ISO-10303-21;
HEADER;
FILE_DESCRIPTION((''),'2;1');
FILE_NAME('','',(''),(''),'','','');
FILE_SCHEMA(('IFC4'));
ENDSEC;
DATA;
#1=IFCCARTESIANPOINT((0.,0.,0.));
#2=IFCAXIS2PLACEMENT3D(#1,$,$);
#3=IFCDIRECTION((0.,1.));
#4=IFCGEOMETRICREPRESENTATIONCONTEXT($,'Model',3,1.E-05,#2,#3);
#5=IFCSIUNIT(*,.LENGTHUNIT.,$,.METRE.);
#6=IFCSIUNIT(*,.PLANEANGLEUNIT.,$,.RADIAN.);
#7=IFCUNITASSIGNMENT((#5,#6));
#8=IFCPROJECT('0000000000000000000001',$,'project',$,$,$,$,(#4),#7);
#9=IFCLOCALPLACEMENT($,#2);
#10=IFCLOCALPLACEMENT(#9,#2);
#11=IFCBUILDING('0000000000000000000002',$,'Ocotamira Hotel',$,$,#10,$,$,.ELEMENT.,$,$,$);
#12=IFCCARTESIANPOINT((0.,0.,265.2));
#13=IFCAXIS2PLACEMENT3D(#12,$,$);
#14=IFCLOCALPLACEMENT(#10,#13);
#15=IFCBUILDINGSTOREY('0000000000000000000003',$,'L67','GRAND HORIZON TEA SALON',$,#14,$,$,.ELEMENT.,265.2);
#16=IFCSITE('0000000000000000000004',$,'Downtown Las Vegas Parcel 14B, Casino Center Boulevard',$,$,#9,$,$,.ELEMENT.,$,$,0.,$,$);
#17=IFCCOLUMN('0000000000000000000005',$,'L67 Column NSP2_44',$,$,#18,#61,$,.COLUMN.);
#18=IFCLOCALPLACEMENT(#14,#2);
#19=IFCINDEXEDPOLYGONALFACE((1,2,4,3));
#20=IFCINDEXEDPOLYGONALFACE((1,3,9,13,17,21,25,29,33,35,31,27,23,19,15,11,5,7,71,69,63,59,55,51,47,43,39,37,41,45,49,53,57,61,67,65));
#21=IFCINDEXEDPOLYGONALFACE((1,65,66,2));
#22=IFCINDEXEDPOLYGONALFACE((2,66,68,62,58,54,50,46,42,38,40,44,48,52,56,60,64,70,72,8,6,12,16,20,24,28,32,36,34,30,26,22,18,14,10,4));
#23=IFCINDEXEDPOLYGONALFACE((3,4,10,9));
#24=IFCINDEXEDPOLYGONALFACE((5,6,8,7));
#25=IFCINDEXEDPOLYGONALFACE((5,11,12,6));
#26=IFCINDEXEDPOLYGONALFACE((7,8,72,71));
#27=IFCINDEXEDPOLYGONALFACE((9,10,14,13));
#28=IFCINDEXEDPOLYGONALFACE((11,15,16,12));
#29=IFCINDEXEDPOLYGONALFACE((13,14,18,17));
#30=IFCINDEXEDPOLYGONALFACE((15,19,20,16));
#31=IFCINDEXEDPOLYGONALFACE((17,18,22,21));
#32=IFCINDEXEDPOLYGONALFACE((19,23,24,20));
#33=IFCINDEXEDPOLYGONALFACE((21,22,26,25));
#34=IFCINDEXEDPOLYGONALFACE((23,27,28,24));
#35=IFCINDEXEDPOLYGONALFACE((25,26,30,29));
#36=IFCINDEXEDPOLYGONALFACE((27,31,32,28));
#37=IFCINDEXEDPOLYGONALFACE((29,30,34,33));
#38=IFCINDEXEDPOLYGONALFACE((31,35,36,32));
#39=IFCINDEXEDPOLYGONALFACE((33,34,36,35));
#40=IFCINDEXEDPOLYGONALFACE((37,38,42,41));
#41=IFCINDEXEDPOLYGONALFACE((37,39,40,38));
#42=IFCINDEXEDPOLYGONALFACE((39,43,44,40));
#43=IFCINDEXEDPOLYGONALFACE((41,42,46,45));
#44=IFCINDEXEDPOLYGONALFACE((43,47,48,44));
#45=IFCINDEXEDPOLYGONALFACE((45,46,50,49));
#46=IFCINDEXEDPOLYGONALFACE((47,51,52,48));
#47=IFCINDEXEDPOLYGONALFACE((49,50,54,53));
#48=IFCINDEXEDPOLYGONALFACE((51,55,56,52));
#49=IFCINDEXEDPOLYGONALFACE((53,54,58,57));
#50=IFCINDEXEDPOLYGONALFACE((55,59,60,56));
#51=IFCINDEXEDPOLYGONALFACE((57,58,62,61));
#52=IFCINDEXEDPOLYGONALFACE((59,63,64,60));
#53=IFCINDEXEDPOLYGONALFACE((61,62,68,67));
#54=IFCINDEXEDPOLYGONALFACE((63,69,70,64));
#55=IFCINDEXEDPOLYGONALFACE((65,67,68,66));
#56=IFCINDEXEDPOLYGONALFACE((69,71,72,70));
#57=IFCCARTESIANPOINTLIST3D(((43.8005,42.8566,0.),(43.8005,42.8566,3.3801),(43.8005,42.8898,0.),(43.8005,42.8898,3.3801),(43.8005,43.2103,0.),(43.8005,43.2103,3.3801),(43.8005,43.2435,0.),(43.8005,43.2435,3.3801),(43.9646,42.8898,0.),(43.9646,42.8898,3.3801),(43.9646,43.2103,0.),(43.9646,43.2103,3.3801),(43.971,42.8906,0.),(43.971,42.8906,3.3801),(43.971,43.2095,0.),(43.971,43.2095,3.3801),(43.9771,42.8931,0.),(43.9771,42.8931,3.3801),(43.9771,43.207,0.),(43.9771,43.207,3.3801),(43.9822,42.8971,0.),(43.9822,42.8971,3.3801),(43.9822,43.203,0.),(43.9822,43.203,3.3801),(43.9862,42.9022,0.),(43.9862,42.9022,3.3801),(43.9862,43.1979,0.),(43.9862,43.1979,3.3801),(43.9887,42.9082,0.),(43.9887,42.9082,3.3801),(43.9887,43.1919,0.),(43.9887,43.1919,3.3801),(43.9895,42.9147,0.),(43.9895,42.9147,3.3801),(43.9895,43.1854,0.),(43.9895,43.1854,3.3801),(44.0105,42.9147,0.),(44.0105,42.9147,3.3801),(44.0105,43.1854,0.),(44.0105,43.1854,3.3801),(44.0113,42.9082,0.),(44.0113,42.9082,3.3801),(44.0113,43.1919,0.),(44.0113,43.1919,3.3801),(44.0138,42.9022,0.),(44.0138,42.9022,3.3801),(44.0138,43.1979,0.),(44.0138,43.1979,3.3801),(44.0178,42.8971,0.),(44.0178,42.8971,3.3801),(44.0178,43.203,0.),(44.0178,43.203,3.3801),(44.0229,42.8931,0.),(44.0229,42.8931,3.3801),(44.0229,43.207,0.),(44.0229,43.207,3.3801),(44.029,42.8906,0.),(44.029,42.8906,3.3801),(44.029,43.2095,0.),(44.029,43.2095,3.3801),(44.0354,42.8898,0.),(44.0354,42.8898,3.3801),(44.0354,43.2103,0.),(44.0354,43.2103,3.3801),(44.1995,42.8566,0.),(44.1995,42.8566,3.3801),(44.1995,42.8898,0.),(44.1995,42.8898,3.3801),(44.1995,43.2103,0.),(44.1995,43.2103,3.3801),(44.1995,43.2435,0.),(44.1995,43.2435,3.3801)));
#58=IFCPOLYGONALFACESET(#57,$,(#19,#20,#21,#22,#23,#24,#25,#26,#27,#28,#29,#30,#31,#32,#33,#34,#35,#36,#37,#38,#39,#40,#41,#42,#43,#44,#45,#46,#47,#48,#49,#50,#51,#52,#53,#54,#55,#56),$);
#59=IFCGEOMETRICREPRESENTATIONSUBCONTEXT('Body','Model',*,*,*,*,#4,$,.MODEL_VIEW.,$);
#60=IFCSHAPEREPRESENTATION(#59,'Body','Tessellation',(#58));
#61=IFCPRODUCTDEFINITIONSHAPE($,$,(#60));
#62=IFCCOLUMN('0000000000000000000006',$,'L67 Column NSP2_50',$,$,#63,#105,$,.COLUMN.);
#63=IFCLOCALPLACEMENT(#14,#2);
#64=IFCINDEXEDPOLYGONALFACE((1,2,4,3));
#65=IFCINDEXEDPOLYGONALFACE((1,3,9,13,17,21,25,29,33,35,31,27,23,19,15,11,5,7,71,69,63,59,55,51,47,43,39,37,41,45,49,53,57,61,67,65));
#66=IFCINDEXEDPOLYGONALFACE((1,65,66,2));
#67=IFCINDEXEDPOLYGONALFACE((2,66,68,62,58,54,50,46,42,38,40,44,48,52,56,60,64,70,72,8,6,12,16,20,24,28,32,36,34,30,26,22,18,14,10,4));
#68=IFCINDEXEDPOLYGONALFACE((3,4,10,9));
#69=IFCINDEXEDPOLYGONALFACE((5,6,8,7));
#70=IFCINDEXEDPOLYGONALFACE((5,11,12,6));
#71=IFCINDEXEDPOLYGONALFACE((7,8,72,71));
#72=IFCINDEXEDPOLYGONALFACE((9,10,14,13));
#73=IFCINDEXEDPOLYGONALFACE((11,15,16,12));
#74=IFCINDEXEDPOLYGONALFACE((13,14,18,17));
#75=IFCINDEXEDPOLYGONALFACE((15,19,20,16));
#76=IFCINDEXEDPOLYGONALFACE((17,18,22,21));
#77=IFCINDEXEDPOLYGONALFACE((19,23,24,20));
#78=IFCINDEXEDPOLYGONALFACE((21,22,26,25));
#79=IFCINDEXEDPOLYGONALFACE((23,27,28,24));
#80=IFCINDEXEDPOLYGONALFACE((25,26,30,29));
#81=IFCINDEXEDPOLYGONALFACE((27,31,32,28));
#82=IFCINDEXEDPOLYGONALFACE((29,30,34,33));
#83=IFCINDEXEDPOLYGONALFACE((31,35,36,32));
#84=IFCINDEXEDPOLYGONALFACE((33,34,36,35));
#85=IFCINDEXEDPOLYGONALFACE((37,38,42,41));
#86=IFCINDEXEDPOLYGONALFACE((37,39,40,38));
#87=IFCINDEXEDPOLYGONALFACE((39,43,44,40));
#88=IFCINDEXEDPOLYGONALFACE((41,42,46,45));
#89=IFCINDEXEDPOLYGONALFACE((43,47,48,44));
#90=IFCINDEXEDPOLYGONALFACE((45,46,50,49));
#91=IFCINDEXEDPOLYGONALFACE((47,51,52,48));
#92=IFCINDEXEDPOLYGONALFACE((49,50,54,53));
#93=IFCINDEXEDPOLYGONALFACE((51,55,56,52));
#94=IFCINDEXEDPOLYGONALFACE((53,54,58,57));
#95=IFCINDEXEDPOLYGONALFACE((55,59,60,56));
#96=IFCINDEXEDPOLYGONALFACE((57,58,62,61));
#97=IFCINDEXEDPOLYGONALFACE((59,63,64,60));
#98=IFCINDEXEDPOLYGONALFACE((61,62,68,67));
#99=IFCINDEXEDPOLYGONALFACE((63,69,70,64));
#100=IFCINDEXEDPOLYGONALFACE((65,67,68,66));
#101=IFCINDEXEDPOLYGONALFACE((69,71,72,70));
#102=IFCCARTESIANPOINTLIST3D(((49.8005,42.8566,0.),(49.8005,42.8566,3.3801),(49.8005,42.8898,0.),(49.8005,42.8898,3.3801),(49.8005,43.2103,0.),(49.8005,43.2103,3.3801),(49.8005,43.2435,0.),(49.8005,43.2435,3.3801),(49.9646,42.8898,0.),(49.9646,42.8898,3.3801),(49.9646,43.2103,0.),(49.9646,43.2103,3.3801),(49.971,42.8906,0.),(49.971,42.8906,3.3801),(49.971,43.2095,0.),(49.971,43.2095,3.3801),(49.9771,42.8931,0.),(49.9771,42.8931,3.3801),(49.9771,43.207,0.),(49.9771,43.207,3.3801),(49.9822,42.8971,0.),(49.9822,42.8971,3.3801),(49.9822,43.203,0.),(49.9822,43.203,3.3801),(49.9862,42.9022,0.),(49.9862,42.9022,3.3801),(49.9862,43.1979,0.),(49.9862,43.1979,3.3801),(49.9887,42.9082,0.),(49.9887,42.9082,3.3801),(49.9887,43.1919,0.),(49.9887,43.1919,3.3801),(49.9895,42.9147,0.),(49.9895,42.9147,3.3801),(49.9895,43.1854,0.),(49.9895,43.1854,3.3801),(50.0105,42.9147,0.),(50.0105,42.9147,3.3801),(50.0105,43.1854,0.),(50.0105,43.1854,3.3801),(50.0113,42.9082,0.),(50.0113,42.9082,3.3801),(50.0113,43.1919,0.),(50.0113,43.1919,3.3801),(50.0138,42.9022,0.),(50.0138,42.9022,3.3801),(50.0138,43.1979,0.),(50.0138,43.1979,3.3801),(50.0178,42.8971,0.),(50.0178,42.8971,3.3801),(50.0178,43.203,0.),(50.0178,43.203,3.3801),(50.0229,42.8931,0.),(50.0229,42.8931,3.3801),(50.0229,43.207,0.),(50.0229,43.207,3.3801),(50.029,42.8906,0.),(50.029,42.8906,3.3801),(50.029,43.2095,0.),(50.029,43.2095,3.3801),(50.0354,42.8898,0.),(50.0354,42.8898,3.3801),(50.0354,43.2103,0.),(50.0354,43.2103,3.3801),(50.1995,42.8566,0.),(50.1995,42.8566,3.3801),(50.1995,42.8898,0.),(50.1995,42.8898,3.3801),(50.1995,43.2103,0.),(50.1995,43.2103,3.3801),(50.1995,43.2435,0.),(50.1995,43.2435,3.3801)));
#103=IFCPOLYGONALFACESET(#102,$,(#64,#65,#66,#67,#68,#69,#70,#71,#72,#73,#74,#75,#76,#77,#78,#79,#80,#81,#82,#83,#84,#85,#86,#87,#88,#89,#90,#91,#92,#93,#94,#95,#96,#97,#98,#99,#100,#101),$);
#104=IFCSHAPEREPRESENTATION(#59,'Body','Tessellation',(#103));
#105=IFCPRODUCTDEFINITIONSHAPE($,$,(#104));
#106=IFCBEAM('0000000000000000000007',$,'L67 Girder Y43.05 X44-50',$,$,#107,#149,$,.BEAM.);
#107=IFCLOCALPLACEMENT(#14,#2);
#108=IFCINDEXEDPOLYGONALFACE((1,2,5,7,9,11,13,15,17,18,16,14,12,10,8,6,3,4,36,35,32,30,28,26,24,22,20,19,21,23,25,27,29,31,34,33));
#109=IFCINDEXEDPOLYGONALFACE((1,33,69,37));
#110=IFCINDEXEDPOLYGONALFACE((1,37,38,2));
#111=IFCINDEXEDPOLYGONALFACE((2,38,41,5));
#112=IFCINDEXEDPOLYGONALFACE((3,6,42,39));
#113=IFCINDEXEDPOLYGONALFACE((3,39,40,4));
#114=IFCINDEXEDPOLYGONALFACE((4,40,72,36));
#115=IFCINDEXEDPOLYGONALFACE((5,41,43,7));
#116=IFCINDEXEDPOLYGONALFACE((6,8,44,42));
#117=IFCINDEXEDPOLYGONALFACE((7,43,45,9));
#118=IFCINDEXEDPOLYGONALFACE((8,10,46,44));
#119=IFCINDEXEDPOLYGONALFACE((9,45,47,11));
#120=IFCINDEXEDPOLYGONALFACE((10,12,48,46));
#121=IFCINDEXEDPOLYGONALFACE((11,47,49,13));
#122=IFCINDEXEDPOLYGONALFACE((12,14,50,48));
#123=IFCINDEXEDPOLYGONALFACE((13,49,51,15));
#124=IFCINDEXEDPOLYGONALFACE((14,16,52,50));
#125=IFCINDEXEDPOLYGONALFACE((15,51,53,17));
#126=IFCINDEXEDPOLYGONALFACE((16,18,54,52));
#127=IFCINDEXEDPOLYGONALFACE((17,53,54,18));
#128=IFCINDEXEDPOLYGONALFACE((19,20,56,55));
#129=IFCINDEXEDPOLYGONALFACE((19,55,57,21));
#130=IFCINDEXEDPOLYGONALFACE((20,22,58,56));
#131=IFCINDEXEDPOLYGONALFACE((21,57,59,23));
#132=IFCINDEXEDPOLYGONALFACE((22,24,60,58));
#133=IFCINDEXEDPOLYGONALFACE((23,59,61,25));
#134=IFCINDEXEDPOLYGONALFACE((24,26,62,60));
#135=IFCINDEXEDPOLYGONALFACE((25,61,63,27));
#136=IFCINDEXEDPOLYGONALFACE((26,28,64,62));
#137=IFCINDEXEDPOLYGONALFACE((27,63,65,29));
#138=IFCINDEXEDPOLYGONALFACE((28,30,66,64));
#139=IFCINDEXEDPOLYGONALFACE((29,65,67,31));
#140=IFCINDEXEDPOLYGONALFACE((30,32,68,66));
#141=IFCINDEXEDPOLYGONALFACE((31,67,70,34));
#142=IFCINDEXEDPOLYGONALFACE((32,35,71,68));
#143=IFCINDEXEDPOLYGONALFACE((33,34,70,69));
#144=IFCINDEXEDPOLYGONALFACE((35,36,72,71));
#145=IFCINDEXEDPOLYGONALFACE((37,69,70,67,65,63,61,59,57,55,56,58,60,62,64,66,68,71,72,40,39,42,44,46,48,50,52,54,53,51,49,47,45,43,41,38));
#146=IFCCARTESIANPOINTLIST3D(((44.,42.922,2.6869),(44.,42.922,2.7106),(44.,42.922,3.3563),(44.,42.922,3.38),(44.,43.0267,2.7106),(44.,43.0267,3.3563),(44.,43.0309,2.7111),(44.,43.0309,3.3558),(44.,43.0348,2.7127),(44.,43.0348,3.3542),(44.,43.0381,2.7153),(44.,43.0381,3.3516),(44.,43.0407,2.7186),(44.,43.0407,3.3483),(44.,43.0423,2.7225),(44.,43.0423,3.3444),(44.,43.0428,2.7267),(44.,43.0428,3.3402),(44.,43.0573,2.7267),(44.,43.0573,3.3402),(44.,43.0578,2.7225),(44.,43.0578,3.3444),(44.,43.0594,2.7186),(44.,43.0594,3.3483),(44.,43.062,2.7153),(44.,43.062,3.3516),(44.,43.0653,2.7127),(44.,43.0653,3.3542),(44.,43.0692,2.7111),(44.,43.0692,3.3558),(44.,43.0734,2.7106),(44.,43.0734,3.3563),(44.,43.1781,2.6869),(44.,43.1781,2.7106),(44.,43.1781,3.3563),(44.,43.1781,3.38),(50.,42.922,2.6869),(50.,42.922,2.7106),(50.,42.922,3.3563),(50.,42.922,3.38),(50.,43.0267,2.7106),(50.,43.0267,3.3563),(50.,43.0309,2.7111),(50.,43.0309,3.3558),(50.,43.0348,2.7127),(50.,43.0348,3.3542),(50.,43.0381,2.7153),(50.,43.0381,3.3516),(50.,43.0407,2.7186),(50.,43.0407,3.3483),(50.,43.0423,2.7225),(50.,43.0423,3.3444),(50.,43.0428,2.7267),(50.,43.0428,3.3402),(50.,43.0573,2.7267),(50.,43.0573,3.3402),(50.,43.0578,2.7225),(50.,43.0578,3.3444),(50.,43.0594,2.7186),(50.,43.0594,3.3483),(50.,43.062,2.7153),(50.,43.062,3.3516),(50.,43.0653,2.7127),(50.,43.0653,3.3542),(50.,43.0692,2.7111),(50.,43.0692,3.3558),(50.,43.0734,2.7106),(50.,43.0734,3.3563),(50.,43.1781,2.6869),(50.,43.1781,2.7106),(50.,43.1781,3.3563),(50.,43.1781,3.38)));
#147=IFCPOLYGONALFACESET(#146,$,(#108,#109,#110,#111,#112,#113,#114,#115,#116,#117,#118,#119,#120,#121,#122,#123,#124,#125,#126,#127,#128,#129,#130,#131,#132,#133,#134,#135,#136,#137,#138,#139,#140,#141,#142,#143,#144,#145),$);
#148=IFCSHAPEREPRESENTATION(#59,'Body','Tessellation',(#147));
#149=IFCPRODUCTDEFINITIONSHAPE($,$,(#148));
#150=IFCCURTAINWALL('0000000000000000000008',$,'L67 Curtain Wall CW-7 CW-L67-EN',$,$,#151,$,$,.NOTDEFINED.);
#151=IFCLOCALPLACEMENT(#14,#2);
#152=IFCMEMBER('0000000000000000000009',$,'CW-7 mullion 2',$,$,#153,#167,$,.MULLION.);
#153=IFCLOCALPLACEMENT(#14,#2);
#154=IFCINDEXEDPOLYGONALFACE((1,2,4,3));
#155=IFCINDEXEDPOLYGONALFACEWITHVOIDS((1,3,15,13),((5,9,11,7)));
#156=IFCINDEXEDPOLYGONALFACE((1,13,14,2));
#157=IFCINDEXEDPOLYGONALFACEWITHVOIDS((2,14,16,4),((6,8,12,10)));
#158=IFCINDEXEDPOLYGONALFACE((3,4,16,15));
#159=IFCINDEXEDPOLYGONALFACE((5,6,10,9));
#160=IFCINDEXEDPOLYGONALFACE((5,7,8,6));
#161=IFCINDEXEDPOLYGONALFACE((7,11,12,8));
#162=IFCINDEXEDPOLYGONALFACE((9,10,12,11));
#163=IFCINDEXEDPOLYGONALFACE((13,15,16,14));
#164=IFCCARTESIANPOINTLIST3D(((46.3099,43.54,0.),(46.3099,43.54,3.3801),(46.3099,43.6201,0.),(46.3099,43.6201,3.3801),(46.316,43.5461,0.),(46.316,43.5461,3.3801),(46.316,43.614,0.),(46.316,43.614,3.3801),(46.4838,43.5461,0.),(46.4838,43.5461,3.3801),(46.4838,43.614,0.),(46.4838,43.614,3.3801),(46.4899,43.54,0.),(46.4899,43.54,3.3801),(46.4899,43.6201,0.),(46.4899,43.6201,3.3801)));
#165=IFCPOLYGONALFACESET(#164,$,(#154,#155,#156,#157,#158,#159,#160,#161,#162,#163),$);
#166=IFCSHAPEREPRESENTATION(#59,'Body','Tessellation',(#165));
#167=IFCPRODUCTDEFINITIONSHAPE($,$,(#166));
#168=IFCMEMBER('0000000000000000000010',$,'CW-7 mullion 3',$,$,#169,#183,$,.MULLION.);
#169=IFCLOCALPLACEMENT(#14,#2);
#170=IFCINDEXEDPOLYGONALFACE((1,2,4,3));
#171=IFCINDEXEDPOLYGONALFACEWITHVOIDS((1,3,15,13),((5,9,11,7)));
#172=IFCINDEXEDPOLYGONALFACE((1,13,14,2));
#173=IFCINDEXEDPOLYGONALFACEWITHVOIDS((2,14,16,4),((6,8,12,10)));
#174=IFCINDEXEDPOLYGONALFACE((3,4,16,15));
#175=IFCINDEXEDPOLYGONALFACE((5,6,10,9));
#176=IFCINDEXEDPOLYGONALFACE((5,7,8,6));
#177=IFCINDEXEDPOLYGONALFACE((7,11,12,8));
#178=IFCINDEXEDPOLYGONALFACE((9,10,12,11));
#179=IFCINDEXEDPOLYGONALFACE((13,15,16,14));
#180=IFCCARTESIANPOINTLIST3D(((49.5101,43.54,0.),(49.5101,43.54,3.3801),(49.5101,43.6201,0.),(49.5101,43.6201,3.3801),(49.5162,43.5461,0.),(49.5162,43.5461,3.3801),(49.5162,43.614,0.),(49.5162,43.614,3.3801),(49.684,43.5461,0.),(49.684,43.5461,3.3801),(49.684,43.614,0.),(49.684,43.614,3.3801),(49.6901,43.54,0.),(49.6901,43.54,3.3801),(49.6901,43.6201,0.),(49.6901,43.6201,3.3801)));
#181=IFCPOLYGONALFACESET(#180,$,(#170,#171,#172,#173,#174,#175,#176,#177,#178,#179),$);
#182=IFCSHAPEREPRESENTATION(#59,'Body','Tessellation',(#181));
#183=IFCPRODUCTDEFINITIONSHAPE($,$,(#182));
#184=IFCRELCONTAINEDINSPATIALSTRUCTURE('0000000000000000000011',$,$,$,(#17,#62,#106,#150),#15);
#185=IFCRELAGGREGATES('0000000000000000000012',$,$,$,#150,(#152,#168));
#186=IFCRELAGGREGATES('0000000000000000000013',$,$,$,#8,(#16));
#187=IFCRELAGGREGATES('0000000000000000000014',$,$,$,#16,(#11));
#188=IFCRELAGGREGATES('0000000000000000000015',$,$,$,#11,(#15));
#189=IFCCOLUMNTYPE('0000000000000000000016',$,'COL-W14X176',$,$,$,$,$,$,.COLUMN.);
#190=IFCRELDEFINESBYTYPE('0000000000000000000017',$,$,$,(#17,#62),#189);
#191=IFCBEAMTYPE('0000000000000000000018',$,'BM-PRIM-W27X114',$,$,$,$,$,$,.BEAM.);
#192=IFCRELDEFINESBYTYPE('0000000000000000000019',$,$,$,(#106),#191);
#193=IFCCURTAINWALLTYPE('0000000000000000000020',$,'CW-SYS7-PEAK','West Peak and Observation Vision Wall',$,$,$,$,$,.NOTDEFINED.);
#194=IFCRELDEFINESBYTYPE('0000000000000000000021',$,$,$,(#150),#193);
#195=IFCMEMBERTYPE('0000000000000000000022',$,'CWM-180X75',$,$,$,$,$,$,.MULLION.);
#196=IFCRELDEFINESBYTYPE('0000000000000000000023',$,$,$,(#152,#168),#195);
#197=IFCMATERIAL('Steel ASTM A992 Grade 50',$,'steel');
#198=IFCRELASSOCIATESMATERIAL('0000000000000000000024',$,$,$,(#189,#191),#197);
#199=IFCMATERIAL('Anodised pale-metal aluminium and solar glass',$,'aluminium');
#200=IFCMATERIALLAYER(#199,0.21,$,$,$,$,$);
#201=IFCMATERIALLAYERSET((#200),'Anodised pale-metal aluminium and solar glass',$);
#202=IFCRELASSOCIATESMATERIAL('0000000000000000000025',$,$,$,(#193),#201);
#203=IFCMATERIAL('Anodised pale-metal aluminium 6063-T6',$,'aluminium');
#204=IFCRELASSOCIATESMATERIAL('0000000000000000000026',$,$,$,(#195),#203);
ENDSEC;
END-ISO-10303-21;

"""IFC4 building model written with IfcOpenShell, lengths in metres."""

from ifc_helpers import new_model, si_unit, direction, frame, origin, origin_2d, place, context, subcontext, project, spatial, hollow_rectangle, i_section, extrude, source, transform, mapped, material, layer, layer_set, material_profile, profile_set, type_object, element, aggregate, save


model = new_model("IFC4")

# Units and contexts
model_context = context("Model", 3, precision=1e-05, world=origin(), true_north=direction((0.0, 1.0)))
body_context = subcontext(model_context, "Body", "Model", "MODEL_VIEW")
ifc_project = project(units=[si_unit("LENGTHUNIT", "METRE"), si_unit("PLANEANGLEUNIT", "RADIAN")], contexts=[model_context])

# Site, building, storey
site_placement = place(None, origin())
site = spatial("IfcSite", under=ifc_project, at=site_placement, Name="Downtown Las Vegas Parcel 14B, Casino Center Boulevard", CompositionType="ELEMENT", RefElevation=0.0)
building_placement = place(site_placement, origin())
building = spatial("IfcBuilding", under=site, at=building_placement, Name="Ocotamira Hotel", CompositionType="ELEMENT")
storey_placement = place(building_placement, frame((0.0, 0.0, 265.2)))
storey = spatial("IfcBuildingStorey", under=building, at=storey_placement, Name="L67", Description="GRAND HORIZON TEA SALON", CompositionType="ELEMENT", Elevation=265.2)

# Columns
ifc_material_1 = material(Name="Steel ASTM A992 Grade 50", Category="steel")
ifc_material_profile_1 = material_profile(ifc_material_1, i_section(OverallWidth=0.3989, OverallDepth=0.387, WebThickness=0.021, FlangeThickness=0.0332, FilletRadius=0.0249, at=origin_2d()), Name="W14X176")
ifc_profile_set_1 = profile_set([ifc_material_profile_1], Name="Steel ASTM A992 Grade 50")
column_type = type_object("IfcColumnType", Name="COL-W14X176", PredefinedType="COLUMN", material=ifc_profile_set_1)
shared_shape_1 = source(origin(), body_context, "Body", "SweptSolid", [
    extrude(i_section(OverallWidth=0.3989, OverallDepth=0.387, WebThickness=0.021, FlangeThickness=0.0332, FilletRadius=0.0249, at=origin_2d()), origin(), (0.0, 0.0, 1.0), 3.3801),
])
for number, where, z_axis, x_axis, name in (
    (1, (44.0, 43.05, 0.0), (0.0, 0.0, 1.0), (1.0, 0.0, 0.0), "L67 Column NSP2_44"),
    (2, (50.0, 43.05, 0.0), (0.0, 0.0, 1.0), (1.0, 0.0, 0.0), "L67 Column NSP2_50"),
):
    element("IfcColumn", number, at=place(storey_placement, frame(where, z_axis=z_axis, x_axis=x_axis)), inside=storey, type_object=column_type, Name=name, PredefinedType="COLUMN", context=body_context, shape_type="MappedRepresentation", body=[
        mapped(shared_shape_1, transform((0.0, 0.0, 0.0), scale=1.0)),
    ])

# Beam
ifc_material_profile_2 = material_profile(ifc_material_1, i_section(OverallWidth=0.2561, OverallDepth=0.6931, WebThickness=0.0144, FlangeThickness=0.0237, FilletRadius=0.0161, at=origin_2d()), Name="W27X114")
ifc_profile_set_2 = profile_set([ifc_material_profile_2], Name="Steel ASTM A992 Grade 50")
beam_type = type_object("IfcBeamType", Name="BM-PRIM-W27X114", PredefinedType="BEAM", material=ifc_profile_set_2)
shared_shape_2 = source(origin(), body_context, "Body", "SweptSolid", [
    extrude(i_section(OverallWidth=0.2561, OverallDepth=0.6931, WebThickness=0.0144, FlangeThickness=0.0237, FilletRadius=0.0161, at=origin_2d()), origin(), (0.0, 0.0, 1.0), 6.0),
])
beam_placement = place(storey_placement, frame((44.0, 43.05, 3.0334), z_axis=(1.0, 0.0, 0.0), x_axis=(0.0, 1.0, 0.0)))
element("IfcBeam", 3, at=beam_placement, inside=storey, type_object=beam_type, Name="L67 Girder Y43.05 X44-50", PredefinedType="BEAM", context=body_context, shape_type="MappedRepresentation", body=[
    mapped(shared_shape_2, transform((0.0, 0.0, 0.0), scale=1.0)),
])

# Curtain wall, members
ifc_material_2 = material(Name="Anodised pale-metal aluminium and solar glass", Category="aluminium")
ifc_layer_1 = layer(ifc_material_2, 0.21)
ifc_layer_set_1 = layer_set([ifc_layer_1], Name="Anodised pale-metal aluminium and solar glass")
curtain_wall_type = type_object("IfcCurtainWallType", Name="CW-SYS7-PEAK", Description="West Peak and Observation Vision Wall", PredefinedType="NOTDEFINED", material=ifc_layer_set_1)
curtain_wall_1_placement = place(storey_placement, origin())
curtain_wall_1 = element("IfcCurtainWall", 4, at=curtain_wall_1_placement, inside=storey, type_object=curtain_wall_type, Name="L67 Curtain Wall CW-7 CW-L67-EN", PredefinedType="NOTDEFINED")
ifc_material_3 = material(Name="Anodised pale-metal aluminium 6063-T6", Category="aluminium")
ifc_material_profile_3 = material_profile(ifc_material_3, hollow_rectangle(XDim=0.0801, YDim=0.1799, WallThickness=0.0061, at=origin_2d()), Name="HSS180X80X6")
ifc_profile_set_3 = profile_set([ifc_material_profile_3], Name="Anodised pale-metal aluminium 6063-T6")
member_type_1 = type_object("IfcMemberType", Name="CWM-180X75", PredefinedType="MULLION", material=ifc_profile_set_3)
shared_shape_3 = source(origin(), body_context, "Body", "SweptSolid", [
    extrude(hollow_rectangle(XDim=0.0801, YDim=0.1799, WallThickness=0.0061, at=origin_2d()), origin(), (0.0, 0.0, 1.0), 3.3801),
])
member_1_placement = place(storey_placement, frame((46.3999, 43.5801, 0.0), z_axis=(0.0, 0.0, 1.0), x_axis=(0.0, 1.0, 0.0)))
member_1 = element("IfcMember", 5, at=member_1_placement, type_object=member_type_1, Name="CW-7 mullion 2", PredefinedType="MULLION", context=body_context, shape_type="MappedRepresentation", body=[
    mapped(shared_shape_3, transform((0.0, 0.0, 0.0), scale=1.0)),
])
member_2_placement = place(storey_placement, frame((49.6001, 43.5801, 0.0), z_axis=(0.0, 0.0, 1.0), x_axis=(0.0, 1.0, 0.0)))
member_2 = element("IfcMember", 6, at=member_2_placement, type_object=member_type_1, Name="CW-7 mullion 3", PredefinedType="MULLION", context=body_context, shape_type="MappedRepresentation", body=[
    mapped(shared_shape_3, transform((0.0, 0.0, 0.0), scale=1.0)),
])

aggregate(curtain_wall_1, [member_1, member_2])

save(model, "model.ifc")
